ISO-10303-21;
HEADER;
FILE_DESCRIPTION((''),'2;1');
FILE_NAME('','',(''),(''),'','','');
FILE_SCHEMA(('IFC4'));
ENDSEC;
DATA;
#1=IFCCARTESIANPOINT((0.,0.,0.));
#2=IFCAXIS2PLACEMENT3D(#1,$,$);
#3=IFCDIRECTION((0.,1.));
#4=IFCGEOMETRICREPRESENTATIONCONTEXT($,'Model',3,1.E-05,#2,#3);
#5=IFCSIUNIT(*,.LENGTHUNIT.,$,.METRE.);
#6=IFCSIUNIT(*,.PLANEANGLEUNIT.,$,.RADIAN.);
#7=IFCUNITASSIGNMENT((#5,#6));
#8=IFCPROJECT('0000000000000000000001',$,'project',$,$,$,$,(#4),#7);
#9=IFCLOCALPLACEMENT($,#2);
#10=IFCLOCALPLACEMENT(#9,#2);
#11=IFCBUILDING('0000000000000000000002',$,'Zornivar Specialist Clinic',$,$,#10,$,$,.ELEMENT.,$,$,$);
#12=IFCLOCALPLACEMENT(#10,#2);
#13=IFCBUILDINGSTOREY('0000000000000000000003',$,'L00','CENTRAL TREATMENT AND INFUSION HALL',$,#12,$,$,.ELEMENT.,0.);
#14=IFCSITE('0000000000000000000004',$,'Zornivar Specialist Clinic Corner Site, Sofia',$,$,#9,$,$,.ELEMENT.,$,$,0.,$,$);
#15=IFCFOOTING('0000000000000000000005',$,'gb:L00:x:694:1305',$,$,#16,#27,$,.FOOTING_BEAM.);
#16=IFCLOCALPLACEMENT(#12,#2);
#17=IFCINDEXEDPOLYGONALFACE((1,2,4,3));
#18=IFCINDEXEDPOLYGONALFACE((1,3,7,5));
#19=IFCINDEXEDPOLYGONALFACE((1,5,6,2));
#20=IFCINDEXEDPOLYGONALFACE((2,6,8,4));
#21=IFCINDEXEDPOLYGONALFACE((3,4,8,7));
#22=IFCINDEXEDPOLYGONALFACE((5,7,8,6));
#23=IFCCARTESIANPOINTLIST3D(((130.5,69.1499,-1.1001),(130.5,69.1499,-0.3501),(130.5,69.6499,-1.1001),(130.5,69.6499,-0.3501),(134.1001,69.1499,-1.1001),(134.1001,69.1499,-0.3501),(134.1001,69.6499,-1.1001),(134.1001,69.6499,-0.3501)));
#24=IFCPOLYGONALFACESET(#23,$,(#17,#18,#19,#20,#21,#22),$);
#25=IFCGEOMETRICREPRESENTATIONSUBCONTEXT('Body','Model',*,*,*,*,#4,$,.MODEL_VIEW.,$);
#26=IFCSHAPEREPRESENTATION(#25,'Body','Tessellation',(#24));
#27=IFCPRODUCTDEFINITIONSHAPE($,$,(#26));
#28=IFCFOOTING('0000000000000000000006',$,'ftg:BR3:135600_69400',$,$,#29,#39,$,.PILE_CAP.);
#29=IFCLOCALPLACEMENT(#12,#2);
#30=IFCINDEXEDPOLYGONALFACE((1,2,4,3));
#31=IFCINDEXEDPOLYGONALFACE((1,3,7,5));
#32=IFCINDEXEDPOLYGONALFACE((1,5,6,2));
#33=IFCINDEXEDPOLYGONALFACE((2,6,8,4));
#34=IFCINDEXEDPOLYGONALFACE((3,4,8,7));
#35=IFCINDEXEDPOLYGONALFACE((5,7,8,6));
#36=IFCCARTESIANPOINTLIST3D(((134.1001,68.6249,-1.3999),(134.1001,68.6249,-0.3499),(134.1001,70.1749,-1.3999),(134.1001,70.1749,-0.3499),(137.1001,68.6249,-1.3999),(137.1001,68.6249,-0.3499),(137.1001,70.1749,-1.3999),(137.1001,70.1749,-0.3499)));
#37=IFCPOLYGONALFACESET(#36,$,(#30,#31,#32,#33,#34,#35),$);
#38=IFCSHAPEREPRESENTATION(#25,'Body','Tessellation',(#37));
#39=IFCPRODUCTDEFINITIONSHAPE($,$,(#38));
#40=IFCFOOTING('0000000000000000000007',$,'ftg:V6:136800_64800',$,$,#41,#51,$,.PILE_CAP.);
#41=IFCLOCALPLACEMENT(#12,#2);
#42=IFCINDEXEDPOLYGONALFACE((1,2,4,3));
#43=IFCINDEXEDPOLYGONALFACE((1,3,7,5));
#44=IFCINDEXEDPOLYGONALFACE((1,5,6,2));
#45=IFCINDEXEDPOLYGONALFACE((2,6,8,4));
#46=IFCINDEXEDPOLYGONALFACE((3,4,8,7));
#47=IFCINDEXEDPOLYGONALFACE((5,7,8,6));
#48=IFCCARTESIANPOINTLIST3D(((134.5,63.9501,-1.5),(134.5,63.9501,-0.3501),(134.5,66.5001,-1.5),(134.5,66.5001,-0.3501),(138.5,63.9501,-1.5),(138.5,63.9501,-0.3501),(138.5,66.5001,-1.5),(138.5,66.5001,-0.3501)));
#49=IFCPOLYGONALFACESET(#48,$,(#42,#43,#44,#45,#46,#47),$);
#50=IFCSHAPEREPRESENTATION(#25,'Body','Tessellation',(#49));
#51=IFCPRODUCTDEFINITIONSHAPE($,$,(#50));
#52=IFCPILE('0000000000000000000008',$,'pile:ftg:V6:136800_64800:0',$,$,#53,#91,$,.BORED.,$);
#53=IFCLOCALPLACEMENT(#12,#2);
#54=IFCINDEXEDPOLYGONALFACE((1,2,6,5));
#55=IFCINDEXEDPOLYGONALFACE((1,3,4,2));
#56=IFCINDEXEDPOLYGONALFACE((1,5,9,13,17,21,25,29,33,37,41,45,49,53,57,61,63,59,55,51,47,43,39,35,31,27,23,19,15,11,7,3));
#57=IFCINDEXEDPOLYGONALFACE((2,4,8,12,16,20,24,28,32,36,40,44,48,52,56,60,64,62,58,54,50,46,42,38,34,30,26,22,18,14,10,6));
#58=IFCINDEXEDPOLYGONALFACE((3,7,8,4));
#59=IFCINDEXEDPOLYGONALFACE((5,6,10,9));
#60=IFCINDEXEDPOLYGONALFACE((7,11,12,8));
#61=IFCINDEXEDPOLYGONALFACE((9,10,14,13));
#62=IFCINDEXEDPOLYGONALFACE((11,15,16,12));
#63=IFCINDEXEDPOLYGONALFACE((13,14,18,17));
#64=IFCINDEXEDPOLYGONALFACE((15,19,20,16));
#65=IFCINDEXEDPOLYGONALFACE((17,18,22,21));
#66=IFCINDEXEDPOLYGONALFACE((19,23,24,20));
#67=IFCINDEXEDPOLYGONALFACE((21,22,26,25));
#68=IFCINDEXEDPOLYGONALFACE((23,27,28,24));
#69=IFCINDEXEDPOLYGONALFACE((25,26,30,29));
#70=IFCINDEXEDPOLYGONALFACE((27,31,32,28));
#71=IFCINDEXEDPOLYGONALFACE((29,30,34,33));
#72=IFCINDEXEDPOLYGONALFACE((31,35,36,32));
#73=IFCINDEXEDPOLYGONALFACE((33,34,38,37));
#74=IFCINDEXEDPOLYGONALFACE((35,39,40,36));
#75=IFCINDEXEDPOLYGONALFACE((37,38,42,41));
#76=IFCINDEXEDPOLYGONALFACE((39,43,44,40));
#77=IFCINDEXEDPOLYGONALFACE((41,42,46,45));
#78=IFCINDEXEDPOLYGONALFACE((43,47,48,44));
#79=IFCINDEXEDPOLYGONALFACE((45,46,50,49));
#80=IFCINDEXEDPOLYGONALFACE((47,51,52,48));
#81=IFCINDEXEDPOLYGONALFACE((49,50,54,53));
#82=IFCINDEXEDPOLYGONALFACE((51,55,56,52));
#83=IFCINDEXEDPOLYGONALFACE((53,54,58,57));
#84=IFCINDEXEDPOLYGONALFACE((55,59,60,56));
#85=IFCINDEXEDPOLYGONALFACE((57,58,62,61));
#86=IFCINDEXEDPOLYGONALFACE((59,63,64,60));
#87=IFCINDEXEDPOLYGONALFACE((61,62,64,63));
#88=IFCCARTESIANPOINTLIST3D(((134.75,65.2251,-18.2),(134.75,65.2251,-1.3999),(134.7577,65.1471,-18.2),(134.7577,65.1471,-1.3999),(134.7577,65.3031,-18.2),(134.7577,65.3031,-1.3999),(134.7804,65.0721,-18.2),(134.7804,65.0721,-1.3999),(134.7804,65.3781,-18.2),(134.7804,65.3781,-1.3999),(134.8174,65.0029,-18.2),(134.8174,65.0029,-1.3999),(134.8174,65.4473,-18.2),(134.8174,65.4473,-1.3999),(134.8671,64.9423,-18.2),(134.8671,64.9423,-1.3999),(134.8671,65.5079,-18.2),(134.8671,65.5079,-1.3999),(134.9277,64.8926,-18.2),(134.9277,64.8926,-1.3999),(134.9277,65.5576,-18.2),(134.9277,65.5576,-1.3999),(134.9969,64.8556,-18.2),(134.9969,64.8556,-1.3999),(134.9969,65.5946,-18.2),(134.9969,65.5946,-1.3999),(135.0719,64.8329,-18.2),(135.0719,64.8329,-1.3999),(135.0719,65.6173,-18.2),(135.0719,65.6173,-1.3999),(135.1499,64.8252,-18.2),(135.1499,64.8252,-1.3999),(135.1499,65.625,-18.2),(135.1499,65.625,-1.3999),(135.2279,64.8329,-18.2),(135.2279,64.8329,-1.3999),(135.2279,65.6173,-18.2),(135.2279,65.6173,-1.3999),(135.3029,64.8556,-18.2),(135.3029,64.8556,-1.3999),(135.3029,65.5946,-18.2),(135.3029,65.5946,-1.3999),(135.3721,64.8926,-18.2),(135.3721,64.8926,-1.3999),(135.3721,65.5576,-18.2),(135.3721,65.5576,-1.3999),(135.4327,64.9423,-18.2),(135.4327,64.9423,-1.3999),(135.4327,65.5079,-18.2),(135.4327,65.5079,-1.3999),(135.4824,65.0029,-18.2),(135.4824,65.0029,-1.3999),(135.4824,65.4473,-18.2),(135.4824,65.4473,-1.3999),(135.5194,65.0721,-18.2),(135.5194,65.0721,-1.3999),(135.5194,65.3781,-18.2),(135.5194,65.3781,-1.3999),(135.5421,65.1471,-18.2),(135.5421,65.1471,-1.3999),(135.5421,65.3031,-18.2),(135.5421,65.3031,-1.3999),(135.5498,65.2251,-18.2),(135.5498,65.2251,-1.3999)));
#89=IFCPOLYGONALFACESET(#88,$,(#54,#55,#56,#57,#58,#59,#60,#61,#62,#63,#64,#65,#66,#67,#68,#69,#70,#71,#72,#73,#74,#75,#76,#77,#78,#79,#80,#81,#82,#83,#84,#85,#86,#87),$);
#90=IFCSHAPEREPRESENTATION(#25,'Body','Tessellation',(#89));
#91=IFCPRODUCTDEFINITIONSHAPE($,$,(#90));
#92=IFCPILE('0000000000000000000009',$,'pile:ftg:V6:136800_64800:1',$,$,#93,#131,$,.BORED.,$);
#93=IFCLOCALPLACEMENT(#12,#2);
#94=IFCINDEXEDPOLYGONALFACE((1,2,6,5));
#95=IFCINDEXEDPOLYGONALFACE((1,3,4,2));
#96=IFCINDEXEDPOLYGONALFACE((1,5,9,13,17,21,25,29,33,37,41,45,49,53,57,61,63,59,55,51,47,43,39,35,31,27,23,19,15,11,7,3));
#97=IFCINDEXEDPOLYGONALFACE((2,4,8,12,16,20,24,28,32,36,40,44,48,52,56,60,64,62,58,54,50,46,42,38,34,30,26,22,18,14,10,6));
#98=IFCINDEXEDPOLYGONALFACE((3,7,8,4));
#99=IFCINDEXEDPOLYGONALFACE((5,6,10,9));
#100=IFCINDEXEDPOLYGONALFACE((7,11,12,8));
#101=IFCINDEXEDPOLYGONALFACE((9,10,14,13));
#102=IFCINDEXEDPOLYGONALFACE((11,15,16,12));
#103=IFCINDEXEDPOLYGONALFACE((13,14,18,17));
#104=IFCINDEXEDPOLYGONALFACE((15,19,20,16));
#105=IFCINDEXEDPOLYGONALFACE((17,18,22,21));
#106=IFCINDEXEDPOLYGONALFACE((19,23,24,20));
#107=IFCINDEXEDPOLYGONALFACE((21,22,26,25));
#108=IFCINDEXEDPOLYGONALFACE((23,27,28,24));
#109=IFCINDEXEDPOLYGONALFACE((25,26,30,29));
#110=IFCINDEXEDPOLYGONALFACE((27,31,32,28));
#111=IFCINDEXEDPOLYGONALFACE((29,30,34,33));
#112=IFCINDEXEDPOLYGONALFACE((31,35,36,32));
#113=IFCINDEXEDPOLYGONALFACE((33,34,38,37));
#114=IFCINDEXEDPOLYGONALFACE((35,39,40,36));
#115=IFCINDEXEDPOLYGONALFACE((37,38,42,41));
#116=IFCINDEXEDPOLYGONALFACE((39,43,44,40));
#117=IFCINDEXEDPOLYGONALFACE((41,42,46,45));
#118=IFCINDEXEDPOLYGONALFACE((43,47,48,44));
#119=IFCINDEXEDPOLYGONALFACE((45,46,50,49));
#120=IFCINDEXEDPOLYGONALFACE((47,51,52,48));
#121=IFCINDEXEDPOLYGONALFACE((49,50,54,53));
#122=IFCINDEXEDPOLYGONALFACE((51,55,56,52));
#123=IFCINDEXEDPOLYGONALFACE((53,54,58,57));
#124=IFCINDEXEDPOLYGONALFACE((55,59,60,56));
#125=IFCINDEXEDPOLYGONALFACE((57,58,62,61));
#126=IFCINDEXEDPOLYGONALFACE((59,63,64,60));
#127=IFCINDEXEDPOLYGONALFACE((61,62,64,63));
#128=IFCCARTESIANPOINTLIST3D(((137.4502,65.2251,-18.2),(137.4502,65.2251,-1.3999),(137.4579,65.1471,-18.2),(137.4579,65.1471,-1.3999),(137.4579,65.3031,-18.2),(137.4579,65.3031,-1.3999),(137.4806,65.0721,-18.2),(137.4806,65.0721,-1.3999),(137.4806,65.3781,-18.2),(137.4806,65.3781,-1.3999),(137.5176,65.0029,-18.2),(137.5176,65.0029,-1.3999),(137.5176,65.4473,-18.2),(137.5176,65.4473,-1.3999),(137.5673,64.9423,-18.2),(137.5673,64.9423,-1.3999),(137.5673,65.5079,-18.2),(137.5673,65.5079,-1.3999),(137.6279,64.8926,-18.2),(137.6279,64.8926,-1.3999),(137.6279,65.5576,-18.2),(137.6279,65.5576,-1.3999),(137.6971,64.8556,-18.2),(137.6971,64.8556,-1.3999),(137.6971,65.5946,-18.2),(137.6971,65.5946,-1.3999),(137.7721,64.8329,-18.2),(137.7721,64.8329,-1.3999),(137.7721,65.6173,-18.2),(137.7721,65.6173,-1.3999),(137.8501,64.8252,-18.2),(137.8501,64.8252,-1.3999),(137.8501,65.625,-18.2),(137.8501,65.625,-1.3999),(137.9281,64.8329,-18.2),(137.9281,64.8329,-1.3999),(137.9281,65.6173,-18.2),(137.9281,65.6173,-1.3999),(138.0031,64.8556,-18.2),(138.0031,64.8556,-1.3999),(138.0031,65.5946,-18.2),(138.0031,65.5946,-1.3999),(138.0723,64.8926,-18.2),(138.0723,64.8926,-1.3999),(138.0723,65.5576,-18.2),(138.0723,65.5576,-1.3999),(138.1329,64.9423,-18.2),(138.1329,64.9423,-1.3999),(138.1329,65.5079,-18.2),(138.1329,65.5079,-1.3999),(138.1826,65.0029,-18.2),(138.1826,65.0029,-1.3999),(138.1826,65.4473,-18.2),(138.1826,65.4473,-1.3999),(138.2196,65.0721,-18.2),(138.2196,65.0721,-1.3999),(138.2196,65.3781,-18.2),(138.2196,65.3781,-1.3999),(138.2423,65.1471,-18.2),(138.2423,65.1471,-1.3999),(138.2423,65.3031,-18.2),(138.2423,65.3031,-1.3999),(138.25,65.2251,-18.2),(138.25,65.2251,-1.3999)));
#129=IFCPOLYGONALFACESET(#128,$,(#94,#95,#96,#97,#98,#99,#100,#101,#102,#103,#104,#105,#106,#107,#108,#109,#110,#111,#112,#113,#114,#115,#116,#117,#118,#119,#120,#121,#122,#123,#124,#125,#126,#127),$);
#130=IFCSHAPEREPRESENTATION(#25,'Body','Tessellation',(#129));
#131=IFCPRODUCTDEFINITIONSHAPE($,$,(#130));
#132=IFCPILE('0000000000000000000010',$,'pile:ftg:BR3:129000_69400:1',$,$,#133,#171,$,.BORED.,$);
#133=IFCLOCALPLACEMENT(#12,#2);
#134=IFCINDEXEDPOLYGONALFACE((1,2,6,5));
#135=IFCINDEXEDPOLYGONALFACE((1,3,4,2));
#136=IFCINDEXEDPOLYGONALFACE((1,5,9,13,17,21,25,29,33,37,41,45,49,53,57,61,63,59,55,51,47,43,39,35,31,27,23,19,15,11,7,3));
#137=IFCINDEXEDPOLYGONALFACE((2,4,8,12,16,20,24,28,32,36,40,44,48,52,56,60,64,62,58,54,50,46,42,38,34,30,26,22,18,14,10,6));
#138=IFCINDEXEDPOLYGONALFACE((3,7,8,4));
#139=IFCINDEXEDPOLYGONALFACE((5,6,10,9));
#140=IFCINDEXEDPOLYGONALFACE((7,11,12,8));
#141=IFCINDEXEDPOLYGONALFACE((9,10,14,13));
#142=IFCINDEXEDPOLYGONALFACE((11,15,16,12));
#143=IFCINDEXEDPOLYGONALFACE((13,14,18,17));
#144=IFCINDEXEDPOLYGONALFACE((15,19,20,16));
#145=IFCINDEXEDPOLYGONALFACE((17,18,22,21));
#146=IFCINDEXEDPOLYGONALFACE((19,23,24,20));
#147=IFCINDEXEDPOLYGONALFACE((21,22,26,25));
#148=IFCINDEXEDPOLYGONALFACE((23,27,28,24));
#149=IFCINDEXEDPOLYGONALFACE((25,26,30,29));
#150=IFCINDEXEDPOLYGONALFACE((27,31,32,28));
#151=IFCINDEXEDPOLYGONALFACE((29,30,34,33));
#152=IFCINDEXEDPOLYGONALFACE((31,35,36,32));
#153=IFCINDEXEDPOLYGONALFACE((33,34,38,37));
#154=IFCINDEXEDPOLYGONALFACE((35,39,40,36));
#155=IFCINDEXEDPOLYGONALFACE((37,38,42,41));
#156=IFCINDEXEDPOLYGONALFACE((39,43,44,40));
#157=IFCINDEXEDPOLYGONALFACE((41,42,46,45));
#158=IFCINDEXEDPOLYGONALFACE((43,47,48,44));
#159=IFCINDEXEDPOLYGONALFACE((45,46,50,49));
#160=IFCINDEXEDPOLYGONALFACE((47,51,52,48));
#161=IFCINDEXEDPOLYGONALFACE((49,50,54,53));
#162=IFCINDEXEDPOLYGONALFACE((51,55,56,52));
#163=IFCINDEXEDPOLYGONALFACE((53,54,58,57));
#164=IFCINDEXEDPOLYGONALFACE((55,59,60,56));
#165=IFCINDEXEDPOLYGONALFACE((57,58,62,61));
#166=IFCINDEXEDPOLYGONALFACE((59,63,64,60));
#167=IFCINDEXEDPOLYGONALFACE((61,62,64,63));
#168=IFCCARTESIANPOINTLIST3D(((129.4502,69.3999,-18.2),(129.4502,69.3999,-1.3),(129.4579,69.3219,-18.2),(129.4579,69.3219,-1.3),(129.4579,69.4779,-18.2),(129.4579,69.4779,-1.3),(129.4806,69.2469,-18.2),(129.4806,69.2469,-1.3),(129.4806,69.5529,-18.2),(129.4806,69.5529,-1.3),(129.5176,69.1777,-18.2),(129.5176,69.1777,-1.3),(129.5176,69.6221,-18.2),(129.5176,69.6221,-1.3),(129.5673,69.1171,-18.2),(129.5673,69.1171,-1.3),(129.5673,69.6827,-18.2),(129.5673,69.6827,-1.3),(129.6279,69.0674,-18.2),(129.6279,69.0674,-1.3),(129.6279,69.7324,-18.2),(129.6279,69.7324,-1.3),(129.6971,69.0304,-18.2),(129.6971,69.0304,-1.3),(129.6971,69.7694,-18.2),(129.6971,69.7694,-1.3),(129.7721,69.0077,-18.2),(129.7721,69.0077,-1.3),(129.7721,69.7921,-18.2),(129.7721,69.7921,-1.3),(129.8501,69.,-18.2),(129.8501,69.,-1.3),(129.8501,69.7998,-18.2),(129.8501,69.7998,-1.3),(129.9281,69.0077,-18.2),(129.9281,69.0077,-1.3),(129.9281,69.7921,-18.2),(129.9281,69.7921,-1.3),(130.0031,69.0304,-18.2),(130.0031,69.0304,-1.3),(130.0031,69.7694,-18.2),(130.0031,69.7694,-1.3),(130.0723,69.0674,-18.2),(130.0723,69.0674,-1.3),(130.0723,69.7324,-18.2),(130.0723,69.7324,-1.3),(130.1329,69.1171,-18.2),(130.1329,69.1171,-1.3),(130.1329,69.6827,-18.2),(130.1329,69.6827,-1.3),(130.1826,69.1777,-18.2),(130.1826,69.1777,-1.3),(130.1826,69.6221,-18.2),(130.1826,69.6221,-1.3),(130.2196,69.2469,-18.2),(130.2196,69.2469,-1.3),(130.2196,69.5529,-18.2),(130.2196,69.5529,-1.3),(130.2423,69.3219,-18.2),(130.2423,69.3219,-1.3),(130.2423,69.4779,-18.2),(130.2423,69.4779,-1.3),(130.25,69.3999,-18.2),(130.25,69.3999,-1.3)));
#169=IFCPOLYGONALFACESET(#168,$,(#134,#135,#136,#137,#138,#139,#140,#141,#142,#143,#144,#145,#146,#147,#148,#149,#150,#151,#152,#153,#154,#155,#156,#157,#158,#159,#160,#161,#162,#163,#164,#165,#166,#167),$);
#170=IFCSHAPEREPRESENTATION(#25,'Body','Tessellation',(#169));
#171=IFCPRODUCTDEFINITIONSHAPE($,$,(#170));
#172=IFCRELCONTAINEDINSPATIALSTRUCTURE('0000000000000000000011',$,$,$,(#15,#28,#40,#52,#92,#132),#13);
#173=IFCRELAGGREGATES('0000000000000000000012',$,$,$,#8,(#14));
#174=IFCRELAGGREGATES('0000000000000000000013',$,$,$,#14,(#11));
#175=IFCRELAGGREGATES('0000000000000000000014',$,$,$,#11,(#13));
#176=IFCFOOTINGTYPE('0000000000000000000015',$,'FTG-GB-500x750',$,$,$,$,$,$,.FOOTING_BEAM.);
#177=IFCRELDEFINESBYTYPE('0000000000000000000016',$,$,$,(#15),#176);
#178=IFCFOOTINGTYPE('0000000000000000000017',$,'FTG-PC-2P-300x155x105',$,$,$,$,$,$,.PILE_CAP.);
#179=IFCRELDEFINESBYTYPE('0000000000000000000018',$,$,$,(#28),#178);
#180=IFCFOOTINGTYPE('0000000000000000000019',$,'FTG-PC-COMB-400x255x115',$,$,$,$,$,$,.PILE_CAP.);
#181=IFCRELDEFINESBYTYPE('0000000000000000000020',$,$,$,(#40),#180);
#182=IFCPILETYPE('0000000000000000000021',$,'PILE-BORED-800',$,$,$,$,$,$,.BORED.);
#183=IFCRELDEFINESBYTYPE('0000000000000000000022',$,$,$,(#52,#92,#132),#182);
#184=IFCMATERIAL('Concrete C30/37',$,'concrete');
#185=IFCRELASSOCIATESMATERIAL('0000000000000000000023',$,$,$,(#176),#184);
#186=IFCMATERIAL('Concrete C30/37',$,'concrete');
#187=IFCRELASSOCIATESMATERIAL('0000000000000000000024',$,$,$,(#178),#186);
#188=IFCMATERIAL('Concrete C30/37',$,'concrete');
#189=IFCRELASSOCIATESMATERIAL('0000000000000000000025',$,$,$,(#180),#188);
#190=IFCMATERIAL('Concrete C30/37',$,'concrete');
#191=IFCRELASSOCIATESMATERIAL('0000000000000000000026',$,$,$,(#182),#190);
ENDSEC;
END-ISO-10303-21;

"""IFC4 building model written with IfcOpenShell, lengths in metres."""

from ifc_helpers import new_model, si_unit, direction, frame, origin, origin_2d, place, context, subcontext, project, spatial, rectangle, circle, extrude, material, material_profile, profile_set, type_object, element, save


model = new_model("IFC4")

# Units and contexts
model_context = context("Model", 3, precision=1e-05, world=origin(), true_north=direction((0.0, 1.0)))
body_context = subcontext(model_context, "Body", "Model", "MODEL_VIEW")
ifc_project = project(units=[si_unit("LENGTHUNIT", "METRE"), si_unit("PLANEANGLEUNIT", "RADIAN")], contexts=[model_context])

# Site, building, storey
site_placement = place(None, origin())
site = spatial("IfcSite", under=ifc_project, at=site_placement, Name="Zornivar Specialist Clinic Corner Site, Sofia", CompositionType="ELEMENT", RefElevation=0.0)
building_placement = place(site_placement, origin())
building = spatial("IfcBuilding", under=site, at=building_placement, Name="Zornivar Specialist Clinic", CompositionType="ELEMENT")
storey_placement = place(building_placement, origin())
storey = spatial("IfcBuildingStorey", under=building, at=storey_placement, Name="L00", Description="CENTRAL TREATMENT AND INFUSION HALL", CompositionType="ELEMENT", Elevation=0.0)

# Footings
ifc_material_1 = material(Name="Concrete C30/37", Category="concrete")
ifc_material_profile_1 = material_profile(ifc_material_1, rectangle(XDim=0.5, YDim=0.75, at=origin_2d()), Name="RC 500x750")
ifc_profile_set_1 = profile_set([ifc_material_profile_1], Name="Concrete C30/37")
footing_type_1 = type_object("IfcFootingType", Name="FTG-GB-500x750", PredefinedType="FOOTING_BEAM", material=ifc_profile_set_1)
footing_1_placement = place(storey_placement, frame((130.5, 69.3999, -0.7251), z_axis=(1.0, 0.0, 0.0), x_axis=(0.0, 1.0, 0.0)))
element("IfcFooting", 1, at=footing_1_placement, inside=storey, type_object=footing_type_1, Name="gb:L00:x:694:1305", PredefinedType="FOOTING_BEAM", context=body_context, shape_type="SweptSolid", body=[
    extrude(rectangle(XDim=0.5, YDim=0.75, at=origin_2d()), origin(), (0.0, 0.0, 1.0), 3.6001),
])
ifc_material_2 = material(Name="Concrete C30/37", Category="concrete")
footing_type_2 = type_object("IfcFootingType", Name="FTG-PC-2P-300x155x105", PredefinedType="PILE_CAP", material=ifc_material_2)
footing_2_placement = place(storey_placement, frame((135.6001, 69.3999, -1.3999), z_axis=(0.0, 0.0, 1.0), x_axis=(1.0, 0.0, 0.0)))
element("IfcFooting", 2, at=footing_2_placement, inside=storey, type_object=footing_type_2, Name="ftg:BR3:135600_69400", PredefinedType="PILE_CAP", context=body_context, shape_type="SweptSolid", body=[
    extrude(rectangle(XDim=3.0, YDim=1.55, at=origin_2d()), origin(), (0.0, 0.0, 1.0), 1.05),
])
ifc_material_3 = material(Name="Concrete C30/37", Category="concrete")
footing_type_3 = type_object("IfcFootingType", Name="FTG-PC-COMB-400x255x115", PredefinedType="PILE_CAP", material=ifc_material_3)
footing_3_placement = place(storey_placement, frame((136.5, 65.2251, -1.5), z_axis=(0.0, 0.0, 1.0), x_axis=(1.0, 0.0, 0.0)))
element("IfcFooting", 3, at=footing_3_placement, inside=storey, type_object=footing_type_3, Name="ftg:V6:136800_64800", PredefinedType="PILE_CAP", context=body_context, shape_type="SweptSolid", body=[
    extrude(rectangle(XDim=4.0, YDim=2.55, at=origin_2d()), origin(), (0.0, 0.0, 1.0), 1.1499),
])

# Piles
ifc_material_4 = material(Name="Concrete C30/37", Category="concrete")
ifc_material_profile_2 = material_profile(ifc_material_4, circle(Radius=0.3999, at=origin_2d()), Name="PILE D800")
ifc_profile_set_2 = profile_set([ifc_material_profile_2], Name="Concrete C30/37")
pile_type = type_object("IfcPileType", Name="PILE-BORED-800", PredefinedType="BORED", material=ifc_profile_set_2)
for number, where, z_axis, x_axis, name in (
    (4, (135.1499, 65.2251, -1.3999), (0.0, 0.0, -1.0), (1.0, 0.0, 0.0), "pile:ftg:V6:136800_64800:0"),
    (5, (137.8501, 65.2251, -1.3999), (0.0, 0.0, -1.0), (1.0, 0.0, 0.0), "pile:ftg:V6:136800_64800:1"),
):
    element("IfcPile", number, at=place(storey_placement, frame(where, z_axis=z_axis, x_axis=x_axis)), inside=storey, type_object=pile_type, Name=name, PredefinedType="BORED", context=body_context, shape_type="SweptSolid", body=[
        extrude(circle(Radius=0.3999, at=origin_2d()), origin(), (0.0, 0.0, 1.0), 16.8),
    ])
for number, where, z_axis, x_axis, name in (
    (6, (129.8501, 69.3999, -1.3), (0.0, 0.0, -1.0), (1.0, 0.0, 0.0), "pile:ftg:BR3:129000_69400:1"),
):
    element("IfcPile", number, at=place(storey_placement, frame(where, z_axis=z_axis, x_axis=x_axis)), inside=storey, type_object=pile_type, Name=name, PredefinedType="BORED", context=body_context, shape_type="SweptSolid", body=[
        extrude(circle(Radius=0.3999, at=origin_2d()), origin(), (0.0, 0.0, 1.0), 16.8999),
    ])

save(model, "model.ifc")
